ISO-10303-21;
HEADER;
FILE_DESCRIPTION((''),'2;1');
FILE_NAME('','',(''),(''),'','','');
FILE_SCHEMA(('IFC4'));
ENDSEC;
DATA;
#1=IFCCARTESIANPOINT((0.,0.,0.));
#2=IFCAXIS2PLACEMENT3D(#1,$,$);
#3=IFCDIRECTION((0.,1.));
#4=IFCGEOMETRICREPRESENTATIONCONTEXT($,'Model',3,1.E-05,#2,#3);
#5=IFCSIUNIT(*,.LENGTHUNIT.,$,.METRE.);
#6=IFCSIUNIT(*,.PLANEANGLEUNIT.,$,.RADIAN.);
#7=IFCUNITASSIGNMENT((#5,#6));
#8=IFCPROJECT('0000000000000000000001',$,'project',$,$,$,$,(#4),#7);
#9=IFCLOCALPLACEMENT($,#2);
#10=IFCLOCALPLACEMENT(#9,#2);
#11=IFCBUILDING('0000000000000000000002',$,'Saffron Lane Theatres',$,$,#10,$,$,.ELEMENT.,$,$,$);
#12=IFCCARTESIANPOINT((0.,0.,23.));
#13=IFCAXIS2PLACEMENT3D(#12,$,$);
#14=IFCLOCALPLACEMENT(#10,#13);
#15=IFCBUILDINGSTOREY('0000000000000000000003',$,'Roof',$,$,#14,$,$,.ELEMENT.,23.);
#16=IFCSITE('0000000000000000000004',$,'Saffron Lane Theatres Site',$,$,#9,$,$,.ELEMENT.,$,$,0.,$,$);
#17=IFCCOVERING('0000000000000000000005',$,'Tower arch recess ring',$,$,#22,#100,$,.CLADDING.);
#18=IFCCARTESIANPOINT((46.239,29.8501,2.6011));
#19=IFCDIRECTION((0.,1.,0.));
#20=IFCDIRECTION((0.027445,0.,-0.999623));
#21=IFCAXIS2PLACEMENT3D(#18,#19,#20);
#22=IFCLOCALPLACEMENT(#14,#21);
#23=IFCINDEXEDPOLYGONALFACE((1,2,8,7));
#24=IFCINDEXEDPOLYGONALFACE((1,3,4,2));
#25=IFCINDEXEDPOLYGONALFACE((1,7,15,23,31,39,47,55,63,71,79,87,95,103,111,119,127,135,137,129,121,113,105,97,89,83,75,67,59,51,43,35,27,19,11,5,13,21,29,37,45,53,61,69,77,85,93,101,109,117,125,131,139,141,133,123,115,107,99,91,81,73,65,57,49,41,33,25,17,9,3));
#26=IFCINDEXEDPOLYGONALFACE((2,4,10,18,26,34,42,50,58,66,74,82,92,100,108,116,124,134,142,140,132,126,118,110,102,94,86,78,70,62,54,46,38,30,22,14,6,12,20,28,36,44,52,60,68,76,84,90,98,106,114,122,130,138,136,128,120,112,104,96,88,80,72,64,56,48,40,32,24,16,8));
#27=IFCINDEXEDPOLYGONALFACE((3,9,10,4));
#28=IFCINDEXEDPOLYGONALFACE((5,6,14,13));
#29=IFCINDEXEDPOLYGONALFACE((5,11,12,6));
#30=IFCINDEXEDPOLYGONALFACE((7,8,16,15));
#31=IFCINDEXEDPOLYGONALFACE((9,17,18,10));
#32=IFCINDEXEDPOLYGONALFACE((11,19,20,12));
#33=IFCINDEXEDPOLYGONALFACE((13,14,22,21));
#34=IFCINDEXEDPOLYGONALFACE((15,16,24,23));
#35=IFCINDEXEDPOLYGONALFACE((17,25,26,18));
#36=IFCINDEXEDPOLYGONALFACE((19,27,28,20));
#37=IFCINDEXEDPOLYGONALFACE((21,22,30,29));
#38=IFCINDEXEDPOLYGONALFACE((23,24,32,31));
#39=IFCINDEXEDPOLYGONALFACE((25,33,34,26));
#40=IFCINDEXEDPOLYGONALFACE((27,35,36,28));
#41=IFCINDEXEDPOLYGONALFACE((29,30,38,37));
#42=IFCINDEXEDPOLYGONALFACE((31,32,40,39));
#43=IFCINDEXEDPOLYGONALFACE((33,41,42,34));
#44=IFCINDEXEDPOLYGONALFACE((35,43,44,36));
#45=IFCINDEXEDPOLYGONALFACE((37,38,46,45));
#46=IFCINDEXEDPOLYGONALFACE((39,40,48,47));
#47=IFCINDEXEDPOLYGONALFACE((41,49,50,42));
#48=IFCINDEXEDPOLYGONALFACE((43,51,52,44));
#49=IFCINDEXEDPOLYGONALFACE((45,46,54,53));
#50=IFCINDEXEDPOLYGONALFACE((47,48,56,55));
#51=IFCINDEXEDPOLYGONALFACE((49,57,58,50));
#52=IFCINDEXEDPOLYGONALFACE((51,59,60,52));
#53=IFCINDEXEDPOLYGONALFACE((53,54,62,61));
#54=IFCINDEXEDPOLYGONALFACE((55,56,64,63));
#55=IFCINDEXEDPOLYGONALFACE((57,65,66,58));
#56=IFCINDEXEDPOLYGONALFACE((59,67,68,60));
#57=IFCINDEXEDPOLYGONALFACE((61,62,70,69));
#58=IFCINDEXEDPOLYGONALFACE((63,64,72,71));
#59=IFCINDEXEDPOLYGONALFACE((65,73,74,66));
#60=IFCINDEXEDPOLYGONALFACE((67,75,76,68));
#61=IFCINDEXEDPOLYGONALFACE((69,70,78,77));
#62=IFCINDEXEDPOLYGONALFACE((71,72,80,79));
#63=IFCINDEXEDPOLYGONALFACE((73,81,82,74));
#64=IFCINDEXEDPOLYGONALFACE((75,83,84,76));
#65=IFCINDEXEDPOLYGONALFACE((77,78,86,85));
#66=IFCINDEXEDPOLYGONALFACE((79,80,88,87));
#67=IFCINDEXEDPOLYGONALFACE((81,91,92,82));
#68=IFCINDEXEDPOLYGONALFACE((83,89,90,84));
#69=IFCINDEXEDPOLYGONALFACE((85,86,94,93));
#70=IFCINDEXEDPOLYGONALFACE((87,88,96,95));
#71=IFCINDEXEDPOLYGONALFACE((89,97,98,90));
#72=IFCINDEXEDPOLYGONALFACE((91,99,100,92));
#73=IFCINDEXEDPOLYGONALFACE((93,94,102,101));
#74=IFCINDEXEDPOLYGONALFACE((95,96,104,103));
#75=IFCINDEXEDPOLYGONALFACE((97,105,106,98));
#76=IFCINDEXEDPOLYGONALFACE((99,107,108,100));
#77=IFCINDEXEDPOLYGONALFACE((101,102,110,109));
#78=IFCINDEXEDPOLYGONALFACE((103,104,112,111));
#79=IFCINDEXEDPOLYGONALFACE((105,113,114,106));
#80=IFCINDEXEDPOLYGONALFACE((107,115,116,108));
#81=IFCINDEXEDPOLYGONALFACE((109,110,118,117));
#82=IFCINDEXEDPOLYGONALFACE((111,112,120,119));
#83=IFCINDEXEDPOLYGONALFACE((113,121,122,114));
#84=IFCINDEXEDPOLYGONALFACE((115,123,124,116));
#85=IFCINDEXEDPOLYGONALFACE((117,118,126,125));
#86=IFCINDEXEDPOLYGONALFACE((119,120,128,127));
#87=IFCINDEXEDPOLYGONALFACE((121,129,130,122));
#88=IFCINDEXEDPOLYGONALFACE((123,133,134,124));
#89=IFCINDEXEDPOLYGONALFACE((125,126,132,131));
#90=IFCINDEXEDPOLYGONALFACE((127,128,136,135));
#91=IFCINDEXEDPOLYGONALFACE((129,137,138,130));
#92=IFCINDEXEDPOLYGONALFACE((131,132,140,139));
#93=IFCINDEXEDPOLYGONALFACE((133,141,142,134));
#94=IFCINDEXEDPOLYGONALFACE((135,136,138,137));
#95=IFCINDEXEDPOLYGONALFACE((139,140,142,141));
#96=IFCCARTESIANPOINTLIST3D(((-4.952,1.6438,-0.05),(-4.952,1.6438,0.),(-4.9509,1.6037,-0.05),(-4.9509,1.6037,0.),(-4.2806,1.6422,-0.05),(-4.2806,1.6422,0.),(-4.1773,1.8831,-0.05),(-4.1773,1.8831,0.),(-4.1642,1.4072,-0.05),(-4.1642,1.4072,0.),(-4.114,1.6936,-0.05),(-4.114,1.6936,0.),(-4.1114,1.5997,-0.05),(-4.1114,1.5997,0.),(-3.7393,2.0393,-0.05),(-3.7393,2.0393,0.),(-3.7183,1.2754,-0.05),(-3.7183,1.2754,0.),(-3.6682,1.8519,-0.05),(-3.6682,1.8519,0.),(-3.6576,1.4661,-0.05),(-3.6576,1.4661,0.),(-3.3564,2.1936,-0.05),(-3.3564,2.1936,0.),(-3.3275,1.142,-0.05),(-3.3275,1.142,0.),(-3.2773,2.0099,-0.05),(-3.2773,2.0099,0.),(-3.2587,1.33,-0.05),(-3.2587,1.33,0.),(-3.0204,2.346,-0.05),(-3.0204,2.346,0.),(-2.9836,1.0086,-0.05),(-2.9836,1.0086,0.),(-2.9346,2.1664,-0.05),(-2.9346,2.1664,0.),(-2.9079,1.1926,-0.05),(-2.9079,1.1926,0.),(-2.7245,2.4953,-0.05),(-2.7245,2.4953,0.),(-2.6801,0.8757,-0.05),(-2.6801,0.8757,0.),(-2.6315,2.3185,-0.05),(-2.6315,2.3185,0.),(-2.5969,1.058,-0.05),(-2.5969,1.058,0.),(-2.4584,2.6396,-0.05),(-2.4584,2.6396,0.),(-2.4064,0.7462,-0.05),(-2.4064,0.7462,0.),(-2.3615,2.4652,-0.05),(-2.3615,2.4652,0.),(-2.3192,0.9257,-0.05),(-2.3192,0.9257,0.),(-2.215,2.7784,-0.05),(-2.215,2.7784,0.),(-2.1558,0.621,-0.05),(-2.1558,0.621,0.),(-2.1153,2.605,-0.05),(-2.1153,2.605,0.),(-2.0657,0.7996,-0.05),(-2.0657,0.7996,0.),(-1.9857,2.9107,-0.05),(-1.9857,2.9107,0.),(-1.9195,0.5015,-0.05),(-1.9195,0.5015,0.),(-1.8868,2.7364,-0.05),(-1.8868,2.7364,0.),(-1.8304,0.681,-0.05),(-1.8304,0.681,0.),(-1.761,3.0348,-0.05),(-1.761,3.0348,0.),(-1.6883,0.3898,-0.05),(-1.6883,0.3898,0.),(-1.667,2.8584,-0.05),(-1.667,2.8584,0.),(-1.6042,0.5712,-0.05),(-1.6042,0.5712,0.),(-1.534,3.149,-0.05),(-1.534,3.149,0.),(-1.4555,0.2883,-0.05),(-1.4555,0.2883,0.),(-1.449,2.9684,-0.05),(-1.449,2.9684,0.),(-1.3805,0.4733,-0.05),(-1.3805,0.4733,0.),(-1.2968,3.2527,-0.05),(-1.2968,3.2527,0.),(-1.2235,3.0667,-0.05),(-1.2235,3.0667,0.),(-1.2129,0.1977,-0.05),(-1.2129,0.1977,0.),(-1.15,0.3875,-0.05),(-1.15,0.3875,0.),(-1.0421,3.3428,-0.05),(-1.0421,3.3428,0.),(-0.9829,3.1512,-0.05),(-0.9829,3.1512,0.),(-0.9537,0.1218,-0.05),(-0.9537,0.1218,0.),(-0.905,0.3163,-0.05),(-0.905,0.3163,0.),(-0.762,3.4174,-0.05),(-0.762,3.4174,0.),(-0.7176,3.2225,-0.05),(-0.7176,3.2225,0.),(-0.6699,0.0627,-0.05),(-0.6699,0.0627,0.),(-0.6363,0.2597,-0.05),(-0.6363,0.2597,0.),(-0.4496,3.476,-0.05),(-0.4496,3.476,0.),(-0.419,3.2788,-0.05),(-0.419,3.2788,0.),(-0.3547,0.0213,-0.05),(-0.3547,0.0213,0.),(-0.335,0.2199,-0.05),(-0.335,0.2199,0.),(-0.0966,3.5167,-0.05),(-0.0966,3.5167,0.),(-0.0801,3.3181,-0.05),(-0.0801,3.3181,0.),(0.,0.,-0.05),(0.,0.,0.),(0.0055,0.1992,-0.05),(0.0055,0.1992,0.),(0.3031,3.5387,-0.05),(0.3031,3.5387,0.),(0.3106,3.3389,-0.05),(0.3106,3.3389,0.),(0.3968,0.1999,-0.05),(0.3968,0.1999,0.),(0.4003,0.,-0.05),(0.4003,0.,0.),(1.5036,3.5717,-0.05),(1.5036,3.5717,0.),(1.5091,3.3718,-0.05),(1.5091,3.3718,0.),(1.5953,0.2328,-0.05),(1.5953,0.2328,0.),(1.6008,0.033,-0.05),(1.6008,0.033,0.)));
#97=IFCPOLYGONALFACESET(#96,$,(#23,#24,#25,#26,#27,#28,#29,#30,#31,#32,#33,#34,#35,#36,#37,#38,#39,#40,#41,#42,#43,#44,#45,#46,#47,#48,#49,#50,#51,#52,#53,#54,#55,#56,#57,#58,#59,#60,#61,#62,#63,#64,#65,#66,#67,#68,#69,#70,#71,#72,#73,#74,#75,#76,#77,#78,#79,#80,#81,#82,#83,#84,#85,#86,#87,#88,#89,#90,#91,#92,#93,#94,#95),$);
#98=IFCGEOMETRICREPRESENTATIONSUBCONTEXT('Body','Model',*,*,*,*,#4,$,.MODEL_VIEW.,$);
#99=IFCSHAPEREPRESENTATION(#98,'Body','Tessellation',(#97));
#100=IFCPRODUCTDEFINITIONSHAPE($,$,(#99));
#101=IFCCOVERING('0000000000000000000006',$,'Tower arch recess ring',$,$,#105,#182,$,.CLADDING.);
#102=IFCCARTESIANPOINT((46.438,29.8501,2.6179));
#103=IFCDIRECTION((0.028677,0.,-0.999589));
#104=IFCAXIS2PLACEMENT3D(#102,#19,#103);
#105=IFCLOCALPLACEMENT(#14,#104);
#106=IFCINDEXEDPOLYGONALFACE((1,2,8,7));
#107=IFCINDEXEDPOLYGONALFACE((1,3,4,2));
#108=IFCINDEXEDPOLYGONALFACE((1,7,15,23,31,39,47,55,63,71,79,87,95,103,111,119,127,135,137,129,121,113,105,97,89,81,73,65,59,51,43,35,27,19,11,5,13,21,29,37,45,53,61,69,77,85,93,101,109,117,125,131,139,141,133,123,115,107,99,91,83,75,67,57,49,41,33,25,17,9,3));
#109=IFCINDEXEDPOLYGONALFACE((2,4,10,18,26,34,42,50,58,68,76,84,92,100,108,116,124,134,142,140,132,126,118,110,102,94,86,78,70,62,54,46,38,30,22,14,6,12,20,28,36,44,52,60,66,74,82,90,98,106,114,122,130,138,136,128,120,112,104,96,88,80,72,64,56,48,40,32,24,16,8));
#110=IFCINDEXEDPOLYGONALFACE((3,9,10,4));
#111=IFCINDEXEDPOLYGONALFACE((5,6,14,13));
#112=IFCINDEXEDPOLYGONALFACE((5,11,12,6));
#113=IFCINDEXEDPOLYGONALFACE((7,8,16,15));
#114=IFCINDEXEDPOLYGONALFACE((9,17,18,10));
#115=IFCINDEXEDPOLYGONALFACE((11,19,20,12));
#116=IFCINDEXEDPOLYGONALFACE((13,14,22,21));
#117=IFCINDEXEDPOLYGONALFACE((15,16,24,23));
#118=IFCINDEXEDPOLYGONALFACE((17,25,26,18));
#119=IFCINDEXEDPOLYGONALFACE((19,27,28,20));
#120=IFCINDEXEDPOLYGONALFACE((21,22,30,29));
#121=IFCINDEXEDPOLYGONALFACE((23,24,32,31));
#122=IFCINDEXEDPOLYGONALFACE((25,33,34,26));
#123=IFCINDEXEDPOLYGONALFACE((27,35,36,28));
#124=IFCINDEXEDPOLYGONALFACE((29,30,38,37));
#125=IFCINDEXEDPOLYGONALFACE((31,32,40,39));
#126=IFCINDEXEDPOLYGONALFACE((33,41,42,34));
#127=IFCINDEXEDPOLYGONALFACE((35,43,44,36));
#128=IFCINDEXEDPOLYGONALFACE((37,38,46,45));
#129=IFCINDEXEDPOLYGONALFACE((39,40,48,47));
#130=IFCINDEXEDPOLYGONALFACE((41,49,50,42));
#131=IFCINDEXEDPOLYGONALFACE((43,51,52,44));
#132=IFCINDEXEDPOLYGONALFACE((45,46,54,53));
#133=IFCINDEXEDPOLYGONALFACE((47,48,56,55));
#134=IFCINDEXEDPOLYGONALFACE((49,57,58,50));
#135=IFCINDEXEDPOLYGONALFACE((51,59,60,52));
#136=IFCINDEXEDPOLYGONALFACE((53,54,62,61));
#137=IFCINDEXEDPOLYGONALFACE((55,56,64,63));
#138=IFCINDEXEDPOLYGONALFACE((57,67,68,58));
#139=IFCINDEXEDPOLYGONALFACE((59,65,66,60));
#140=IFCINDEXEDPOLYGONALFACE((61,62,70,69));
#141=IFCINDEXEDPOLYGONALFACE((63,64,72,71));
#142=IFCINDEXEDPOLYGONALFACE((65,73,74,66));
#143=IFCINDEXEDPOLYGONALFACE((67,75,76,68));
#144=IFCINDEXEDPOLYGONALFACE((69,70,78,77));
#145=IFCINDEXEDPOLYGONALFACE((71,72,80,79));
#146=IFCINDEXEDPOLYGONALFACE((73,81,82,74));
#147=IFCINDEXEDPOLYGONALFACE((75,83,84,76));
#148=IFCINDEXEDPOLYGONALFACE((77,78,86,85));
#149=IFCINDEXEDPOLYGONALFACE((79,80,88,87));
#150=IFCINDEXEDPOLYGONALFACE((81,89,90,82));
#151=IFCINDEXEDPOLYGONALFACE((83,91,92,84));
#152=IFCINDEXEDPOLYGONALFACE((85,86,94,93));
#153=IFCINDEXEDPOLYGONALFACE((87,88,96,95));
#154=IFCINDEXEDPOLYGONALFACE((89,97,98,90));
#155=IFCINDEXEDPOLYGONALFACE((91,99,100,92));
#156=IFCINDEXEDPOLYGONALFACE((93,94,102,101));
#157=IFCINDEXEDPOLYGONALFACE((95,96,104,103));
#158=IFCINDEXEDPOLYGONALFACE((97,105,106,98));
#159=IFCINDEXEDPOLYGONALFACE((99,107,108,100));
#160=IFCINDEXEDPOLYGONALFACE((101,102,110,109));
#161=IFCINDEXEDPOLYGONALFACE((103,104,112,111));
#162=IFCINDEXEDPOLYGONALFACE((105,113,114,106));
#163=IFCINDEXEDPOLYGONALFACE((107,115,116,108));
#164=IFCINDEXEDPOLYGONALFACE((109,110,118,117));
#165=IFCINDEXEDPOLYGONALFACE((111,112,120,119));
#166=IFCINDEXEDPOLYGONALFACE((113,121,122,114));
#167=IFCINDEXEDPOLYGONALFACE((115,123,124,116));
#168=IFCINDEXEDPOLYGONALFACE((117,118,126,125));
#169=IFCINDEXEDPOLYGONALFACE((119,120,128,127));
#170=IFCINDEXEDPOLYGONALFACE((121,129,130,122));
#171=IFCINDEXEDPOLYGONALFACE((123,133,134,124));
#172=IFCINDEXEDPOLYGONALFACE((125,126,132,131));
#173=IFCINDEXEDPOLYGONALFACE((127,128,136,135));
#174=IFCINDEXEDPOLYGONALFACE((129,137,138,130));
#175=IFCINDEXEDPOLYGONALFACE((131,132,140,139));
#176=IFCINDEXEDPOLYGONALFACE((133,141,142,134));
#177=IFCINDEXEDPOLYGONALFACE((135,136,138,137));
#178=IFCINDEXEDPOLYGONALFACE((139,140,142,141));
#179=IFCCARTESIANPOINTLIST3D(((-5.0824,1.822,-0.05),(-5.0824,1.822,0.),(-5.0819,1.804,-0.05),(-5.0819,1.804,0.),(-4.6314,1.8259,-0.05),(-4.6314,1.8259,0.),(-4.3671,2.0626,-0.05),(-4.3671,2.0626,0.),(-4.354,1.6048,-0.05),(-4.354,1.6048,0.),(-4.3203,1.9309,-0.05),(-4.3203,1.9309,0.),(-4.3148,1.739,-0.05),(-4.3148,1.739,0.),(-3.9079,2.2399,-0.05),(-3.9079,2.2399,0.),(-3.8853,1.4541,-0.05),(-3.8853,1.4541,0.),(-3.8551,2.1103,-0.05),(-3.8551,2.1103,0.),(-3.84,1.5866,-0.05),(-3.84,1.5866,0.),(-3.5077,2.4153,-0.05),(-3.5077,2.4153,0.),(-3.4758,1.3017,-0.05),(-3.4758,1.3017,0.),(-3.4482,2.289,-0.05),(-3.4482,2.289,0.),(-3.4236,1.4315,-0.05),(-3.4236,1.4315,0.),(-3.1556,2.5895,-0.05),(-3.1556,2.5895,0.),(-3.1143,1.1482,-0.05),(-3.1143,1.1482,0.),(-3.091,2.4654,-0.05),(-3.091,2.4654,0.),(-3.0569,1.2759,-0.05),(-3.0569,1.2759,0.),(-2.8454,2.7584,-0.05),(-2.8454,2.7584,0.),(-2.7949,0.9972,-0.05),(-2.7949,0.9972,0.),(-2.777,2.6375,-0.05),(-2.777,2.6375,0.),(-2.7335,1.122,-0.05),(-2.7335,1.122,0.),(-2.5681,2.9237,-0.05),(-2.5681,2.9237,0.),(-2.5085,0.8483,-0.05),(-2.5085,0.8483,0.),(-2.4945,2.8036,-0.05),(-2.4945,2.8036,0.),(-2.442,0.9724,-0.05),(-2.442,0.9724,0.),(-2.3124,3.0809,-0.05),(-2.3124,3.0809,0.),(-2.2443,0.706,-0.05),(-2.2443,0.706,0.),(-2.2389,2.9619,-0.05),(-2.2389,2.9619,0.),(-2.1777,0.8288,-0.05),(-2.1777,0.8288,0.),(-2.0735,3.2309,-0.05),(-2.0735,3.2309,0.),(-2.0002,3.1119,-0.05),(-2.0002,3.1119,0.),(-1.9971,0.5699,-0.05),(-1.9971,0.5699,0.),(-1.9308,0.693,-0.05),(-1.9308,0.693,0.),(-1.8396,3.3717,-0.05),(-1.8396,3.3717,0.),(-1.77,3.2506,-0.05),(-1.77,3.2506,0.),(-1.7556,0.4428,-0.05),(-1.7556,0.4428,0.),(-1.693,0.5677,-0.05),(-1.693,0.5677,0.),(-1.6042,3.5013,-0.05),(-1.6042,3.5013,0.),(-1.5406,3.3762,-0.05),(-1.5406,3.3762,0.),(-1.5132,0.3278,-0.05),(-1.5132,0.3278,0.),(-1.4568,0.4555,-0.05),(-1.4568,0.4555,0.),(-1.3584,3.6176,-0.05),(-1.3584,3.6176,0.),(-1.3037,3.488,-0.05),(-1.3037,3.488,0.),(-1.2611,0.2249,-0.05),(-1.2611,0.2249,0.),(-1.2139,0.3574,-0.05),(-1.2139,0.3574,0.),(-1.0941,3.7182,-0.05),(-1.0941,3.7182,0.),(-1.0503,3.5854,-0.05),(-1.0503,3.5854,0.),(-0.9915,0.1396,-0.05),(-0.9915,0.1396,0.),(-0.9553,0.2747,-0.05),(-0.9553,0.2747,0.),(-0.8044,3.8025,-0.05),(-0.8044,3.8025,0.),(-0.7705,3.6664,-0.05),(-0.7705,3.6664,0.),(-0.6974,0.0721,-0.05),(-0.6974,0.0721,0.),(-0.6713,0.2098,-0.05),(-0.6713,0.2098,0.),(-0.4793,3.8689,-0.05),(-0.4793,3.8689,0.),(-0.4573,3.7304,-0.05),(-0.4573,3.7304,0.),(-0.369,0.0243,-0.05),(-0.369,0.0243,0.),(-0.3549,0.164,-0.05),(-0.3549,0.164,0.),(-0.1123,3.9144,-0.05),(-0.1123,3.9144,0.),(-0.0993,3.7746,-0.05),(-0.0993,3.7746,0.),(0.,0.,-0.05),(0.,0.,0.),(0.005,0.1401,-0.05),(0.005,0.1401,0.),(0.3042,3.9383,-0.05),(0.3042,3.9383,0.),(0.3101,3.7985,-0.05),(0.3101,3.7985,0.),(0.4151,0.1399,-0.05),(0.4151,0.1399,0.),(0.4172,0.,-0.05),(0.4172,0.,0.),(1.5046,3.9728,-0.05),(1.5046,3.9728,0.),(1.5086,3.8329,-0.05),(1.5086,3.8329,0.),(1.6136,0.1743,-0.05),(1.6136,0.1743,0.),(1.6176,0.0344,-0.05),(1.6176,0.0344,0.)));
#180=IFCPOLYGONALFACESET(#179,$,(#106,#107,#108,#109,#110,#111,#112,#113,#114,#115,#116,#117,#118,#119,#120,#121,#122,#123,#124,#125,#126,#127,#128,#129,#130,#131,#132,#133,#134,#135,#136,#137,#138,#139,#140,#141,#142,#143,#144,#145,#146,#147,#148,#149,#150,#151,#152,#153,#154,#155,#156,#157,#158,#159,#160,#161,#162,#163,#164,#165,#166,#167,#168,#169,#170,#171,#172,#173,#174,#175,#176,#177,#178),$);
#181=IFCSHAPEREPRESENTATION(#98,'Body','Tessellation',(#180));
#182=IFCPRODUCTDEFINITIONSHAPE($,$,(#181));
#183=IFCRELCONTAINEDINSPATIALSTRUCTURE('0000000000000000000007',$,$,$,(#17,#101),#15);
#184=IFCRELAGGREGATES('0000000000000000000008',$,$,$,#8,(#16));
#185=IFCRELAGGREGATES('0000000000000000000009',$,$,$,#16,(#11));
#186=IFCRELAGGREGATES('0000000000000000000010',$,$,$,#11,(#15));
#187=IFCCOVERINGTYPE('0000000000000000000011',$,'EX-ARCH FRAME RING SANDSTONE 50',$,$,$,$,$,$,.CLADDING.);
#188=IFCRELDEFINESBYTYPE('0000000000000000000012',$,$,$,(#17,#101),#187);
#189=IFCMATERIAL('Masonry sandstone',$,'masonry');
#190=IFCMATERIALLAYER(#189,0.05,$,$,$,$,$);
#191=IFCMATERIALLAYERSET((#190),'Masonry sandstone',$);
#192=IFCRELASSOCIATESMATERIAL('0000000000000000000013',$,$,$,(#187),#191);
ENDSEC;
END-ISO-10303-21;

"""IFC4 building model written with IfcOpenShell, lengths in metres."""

from ifc_helpers import new_model, si_unit, direction, frame, origin, place, context, subcontext, project, spatial, polyline, outline, extrude, material, layer, layer_set, type_object, element, save


model = new_model("IFC4")

# Units and contexts
model_context = context("Model", 3, precision=1e-05, world=origin(), true_north=direction((0.0, 1.0)))
body_context = subcontext(model_context, "Body", "Model", "MODEL_VIEW")
ifc_project = project(units=[si_unit("LENGTHUNIT", "METRE"), si_unit("PLANEANGLEUNIT", "RADIAN")], contexts=[model_context])

# Site, building, storey
site_placement = place(None, origin())
site = spatial("IfcSite", under=ifc_project, at=site_placement, Name="Saffron Lane Theatres Site", CompositionType="ELEMENT", RefElevation=0.0)
building_placement = place(site_placement, origin())
building = spatial("IfcBuilding", under=site, at=building_placement, Name="Saffron Lane Theatres", CompositionType="ELEMENT")
storey_placement = place(building_placement, frame((0.0, 0.0, 23.0)))
storey = spatial("IfcBuildingStorey", under=building, at=storey_placement, Name="Roof", CompositionType="ELEMENT", Elevation=23.0)

# Coverings
ifc_material_1 = material(Name="Masonry sandstone", Category="masonry")
ifc_layer_1 = layer(ifc_material_1, 0.05)
ifc_layer_set_1 = layer_set([ifc_layer_1], Name="Masonry sandstone")
covering_type_1 = type_object("IfcCoveringType", Name="EX-ARCH FRAME RING SANDSTONE 50", PredefinedType="CLADDING", material=ifc_layer_set_1)
covering_1_placement = place(storey_placement, frame((46.239, 29.8501, 2.6011), z_axis=(0.0, 1.0, 0.0), x_axis=(0.027445, 0.0, -0.999623)))
element("IfcCovering", 1, at=covering_1_placement, inside=storey, type_object=covering_type_1, Name="Tower arch recess ring", PredefinedType="CLADDING", context=body_context, shape_type="SweptSolid", body=[
    extrude(outline(polyline([(0.0, 0.0), (0.4003, 0.0), (1.6008, 0.033), (1.5953, 0.2328), (0.3968, 0.1999), (0.0055, 0.1992), (-0.335, 0.2199), (-0.6363, 0.2597), (-0.905, 0.3163), (-1.15, 0.3875), (-1.3805, 0.4733), (-1.6042, 0.5712), (-1.8304, 0.681), (-2.0657, 0.7996), (-2.3192, 0.9257), (-2.5969, 1.058), (-2.9079, 1.1926), (-3.2587, 1.33), (-3.6576, 1.4661), (-4.1114, 1.5997), (-4.2806, 1.6422), (-4.114, 1.6936), (-3.6682, 1.8519), (-3.2773, 2.0099), (-2.9346, 2.1664), (-2.6315, 2.3185), (-2.3615, 2.4652), (-2.1153, 2.605), (-1.8868, 2.7364), (-1.667, 2.8584), (-1.449, 2.9684), (-1.2235, 3.0667), (-0.9829, 3.1512), (-0.7176, 3.2225), (-0.419, 3.2788), (-0.0801, 3.3181), (0.3106, 3.3389), (1.5091, 3.3718), (1.5036, 3.5717), (0.3031, 3.5387), (-0.0966, 3.5167), (-0.4496, 3.476), (-0.762, 3.4174), (-1.0421, 3.3428), (-1.2968, 3.2527), (-1.534, 3.149), (-1.761, 3.0348), (-1.9857, 2.9107), (-2.215, 2.7784), (-2.4584, 2.6396), (-2.7245, 2.4953), (-3.0204, 2.346), (-3.3564, 2.1936), (-3.7393, 2.0393), (-4.1773, 1.8831), (-4.952, 1.6438), (-4.9509, 1.6037), (-4.1642, 1.4072), (-3.7183, 1.2754), (-3.3275, 1.142), (-2.9836, 1.0086), (-2.6801, 0.8757), (-2.4064, 0.7462), (-2.1558, 0.621), (-1.9195, 0.5015), (-1.6883, 0.3898), (-1.4555, 0.2883), (-1.2129, 0.1977), (-0.9537, 0.1218), (-0.6699, 0.0627), (-0.3547, 0.0213), (0.0, 0.0)])), origin(), (0.0, 0.0, -1.0), 0.05),
])
covering_2_placement = place(storey_placement, frame((46.438, 29.8501, 2.6179), z_axis=(0.0, 1.0, 0.0), x_axis=(0.028677, 0.0, -0.999589)))
element("IfcCovering", 2, at=covering_2_placement, inside=storey, type_object=covering_type_1, Name="Tower arch recess ring", PredefinedType="CLADDING", context=body_context, shape_type="SweptSolid", body=[
    extrude(outline(polyline([(0.0, 0.0), (0.4172, 0.0), (1.6176, 0.0344), (1.6136, 0.1743), (0.4151, 0.1399), (0.005, 0.1401), (-0.3549, 0.164), (-0.6713, 0.2098), (-0.9553, 0.2747), (-1.2139, 0.3574), (-1.4568, 0.4555), (-1.693, 0.5677), (-1.9308, 0.693), (-2.1777, 0.8288), (-2.442, 0.9724), (-2.7335, 1.122), (-3.0569, 1.2759), (-3.4236, 1.4315), (-3.84, 1.5866), (-4.3148, 1.739), (-4.6314, 1.8259), (-4.3203, 1.9309), (-3.8551, 2.1103), (-3.4482, 2.289), (-3.091, 2.4654), (-2.777, 2.6375), (-2.4945, 2.8036), (-2.2389, 2.9619), (-2.0002, 3.1119), (-1.77, 3.2506), (-1.5406, 3.3762), (-1.3037, 3.488), (-1.0503, 3.5854), (-0.7705, 3.6664), (-0.4573, 3.7304), (-0.0993, 3.7746), (0.3101, 3.7985), (1.5086, 3.8329), (1.5046, 3.9728), (0.3042, 3.9383), (-0.1123, 3.9144), (-0.4793, 3.8689), (-0.8044, 3.8025), (-1.0941, 3.7182), (-1.3584, 3.6176), (-1.6042, 3.5013), (-1.8396, 3.3717), (-2.0735, 3.2309), (-2.3124, 3.0809), (-2.5681, 2.9237), (-2.8454, 2.7584), (-3.1556, 2.5895), (-3.5077, 2.4153), (-3.9079, 2.2399), (-4.3671, 2.0626), (-5.0824, 1.822), (-5.0819, 1.804), (-4.354, 1.6048), (-3.8853, 1.4541), (-3.4758, 1.3017), (-3.1143, 1.1482), (-2.7949, 0.9972), (-2.5085, 0.8483), (-2.2443, 0.706), (-1.9971, 0.5699), (-1.7556, 0.4428), (-1.5132, 0.3278), (-1.2611, 0.2249), (-0.9915, 0.1396), (-0.6974, 0.0721), (-0.369, 0.0243), (0.0, 0.0)])), origin(), (0.0, 0.0, -1.0), 0.05),
])

save(model, "model.ifc")
